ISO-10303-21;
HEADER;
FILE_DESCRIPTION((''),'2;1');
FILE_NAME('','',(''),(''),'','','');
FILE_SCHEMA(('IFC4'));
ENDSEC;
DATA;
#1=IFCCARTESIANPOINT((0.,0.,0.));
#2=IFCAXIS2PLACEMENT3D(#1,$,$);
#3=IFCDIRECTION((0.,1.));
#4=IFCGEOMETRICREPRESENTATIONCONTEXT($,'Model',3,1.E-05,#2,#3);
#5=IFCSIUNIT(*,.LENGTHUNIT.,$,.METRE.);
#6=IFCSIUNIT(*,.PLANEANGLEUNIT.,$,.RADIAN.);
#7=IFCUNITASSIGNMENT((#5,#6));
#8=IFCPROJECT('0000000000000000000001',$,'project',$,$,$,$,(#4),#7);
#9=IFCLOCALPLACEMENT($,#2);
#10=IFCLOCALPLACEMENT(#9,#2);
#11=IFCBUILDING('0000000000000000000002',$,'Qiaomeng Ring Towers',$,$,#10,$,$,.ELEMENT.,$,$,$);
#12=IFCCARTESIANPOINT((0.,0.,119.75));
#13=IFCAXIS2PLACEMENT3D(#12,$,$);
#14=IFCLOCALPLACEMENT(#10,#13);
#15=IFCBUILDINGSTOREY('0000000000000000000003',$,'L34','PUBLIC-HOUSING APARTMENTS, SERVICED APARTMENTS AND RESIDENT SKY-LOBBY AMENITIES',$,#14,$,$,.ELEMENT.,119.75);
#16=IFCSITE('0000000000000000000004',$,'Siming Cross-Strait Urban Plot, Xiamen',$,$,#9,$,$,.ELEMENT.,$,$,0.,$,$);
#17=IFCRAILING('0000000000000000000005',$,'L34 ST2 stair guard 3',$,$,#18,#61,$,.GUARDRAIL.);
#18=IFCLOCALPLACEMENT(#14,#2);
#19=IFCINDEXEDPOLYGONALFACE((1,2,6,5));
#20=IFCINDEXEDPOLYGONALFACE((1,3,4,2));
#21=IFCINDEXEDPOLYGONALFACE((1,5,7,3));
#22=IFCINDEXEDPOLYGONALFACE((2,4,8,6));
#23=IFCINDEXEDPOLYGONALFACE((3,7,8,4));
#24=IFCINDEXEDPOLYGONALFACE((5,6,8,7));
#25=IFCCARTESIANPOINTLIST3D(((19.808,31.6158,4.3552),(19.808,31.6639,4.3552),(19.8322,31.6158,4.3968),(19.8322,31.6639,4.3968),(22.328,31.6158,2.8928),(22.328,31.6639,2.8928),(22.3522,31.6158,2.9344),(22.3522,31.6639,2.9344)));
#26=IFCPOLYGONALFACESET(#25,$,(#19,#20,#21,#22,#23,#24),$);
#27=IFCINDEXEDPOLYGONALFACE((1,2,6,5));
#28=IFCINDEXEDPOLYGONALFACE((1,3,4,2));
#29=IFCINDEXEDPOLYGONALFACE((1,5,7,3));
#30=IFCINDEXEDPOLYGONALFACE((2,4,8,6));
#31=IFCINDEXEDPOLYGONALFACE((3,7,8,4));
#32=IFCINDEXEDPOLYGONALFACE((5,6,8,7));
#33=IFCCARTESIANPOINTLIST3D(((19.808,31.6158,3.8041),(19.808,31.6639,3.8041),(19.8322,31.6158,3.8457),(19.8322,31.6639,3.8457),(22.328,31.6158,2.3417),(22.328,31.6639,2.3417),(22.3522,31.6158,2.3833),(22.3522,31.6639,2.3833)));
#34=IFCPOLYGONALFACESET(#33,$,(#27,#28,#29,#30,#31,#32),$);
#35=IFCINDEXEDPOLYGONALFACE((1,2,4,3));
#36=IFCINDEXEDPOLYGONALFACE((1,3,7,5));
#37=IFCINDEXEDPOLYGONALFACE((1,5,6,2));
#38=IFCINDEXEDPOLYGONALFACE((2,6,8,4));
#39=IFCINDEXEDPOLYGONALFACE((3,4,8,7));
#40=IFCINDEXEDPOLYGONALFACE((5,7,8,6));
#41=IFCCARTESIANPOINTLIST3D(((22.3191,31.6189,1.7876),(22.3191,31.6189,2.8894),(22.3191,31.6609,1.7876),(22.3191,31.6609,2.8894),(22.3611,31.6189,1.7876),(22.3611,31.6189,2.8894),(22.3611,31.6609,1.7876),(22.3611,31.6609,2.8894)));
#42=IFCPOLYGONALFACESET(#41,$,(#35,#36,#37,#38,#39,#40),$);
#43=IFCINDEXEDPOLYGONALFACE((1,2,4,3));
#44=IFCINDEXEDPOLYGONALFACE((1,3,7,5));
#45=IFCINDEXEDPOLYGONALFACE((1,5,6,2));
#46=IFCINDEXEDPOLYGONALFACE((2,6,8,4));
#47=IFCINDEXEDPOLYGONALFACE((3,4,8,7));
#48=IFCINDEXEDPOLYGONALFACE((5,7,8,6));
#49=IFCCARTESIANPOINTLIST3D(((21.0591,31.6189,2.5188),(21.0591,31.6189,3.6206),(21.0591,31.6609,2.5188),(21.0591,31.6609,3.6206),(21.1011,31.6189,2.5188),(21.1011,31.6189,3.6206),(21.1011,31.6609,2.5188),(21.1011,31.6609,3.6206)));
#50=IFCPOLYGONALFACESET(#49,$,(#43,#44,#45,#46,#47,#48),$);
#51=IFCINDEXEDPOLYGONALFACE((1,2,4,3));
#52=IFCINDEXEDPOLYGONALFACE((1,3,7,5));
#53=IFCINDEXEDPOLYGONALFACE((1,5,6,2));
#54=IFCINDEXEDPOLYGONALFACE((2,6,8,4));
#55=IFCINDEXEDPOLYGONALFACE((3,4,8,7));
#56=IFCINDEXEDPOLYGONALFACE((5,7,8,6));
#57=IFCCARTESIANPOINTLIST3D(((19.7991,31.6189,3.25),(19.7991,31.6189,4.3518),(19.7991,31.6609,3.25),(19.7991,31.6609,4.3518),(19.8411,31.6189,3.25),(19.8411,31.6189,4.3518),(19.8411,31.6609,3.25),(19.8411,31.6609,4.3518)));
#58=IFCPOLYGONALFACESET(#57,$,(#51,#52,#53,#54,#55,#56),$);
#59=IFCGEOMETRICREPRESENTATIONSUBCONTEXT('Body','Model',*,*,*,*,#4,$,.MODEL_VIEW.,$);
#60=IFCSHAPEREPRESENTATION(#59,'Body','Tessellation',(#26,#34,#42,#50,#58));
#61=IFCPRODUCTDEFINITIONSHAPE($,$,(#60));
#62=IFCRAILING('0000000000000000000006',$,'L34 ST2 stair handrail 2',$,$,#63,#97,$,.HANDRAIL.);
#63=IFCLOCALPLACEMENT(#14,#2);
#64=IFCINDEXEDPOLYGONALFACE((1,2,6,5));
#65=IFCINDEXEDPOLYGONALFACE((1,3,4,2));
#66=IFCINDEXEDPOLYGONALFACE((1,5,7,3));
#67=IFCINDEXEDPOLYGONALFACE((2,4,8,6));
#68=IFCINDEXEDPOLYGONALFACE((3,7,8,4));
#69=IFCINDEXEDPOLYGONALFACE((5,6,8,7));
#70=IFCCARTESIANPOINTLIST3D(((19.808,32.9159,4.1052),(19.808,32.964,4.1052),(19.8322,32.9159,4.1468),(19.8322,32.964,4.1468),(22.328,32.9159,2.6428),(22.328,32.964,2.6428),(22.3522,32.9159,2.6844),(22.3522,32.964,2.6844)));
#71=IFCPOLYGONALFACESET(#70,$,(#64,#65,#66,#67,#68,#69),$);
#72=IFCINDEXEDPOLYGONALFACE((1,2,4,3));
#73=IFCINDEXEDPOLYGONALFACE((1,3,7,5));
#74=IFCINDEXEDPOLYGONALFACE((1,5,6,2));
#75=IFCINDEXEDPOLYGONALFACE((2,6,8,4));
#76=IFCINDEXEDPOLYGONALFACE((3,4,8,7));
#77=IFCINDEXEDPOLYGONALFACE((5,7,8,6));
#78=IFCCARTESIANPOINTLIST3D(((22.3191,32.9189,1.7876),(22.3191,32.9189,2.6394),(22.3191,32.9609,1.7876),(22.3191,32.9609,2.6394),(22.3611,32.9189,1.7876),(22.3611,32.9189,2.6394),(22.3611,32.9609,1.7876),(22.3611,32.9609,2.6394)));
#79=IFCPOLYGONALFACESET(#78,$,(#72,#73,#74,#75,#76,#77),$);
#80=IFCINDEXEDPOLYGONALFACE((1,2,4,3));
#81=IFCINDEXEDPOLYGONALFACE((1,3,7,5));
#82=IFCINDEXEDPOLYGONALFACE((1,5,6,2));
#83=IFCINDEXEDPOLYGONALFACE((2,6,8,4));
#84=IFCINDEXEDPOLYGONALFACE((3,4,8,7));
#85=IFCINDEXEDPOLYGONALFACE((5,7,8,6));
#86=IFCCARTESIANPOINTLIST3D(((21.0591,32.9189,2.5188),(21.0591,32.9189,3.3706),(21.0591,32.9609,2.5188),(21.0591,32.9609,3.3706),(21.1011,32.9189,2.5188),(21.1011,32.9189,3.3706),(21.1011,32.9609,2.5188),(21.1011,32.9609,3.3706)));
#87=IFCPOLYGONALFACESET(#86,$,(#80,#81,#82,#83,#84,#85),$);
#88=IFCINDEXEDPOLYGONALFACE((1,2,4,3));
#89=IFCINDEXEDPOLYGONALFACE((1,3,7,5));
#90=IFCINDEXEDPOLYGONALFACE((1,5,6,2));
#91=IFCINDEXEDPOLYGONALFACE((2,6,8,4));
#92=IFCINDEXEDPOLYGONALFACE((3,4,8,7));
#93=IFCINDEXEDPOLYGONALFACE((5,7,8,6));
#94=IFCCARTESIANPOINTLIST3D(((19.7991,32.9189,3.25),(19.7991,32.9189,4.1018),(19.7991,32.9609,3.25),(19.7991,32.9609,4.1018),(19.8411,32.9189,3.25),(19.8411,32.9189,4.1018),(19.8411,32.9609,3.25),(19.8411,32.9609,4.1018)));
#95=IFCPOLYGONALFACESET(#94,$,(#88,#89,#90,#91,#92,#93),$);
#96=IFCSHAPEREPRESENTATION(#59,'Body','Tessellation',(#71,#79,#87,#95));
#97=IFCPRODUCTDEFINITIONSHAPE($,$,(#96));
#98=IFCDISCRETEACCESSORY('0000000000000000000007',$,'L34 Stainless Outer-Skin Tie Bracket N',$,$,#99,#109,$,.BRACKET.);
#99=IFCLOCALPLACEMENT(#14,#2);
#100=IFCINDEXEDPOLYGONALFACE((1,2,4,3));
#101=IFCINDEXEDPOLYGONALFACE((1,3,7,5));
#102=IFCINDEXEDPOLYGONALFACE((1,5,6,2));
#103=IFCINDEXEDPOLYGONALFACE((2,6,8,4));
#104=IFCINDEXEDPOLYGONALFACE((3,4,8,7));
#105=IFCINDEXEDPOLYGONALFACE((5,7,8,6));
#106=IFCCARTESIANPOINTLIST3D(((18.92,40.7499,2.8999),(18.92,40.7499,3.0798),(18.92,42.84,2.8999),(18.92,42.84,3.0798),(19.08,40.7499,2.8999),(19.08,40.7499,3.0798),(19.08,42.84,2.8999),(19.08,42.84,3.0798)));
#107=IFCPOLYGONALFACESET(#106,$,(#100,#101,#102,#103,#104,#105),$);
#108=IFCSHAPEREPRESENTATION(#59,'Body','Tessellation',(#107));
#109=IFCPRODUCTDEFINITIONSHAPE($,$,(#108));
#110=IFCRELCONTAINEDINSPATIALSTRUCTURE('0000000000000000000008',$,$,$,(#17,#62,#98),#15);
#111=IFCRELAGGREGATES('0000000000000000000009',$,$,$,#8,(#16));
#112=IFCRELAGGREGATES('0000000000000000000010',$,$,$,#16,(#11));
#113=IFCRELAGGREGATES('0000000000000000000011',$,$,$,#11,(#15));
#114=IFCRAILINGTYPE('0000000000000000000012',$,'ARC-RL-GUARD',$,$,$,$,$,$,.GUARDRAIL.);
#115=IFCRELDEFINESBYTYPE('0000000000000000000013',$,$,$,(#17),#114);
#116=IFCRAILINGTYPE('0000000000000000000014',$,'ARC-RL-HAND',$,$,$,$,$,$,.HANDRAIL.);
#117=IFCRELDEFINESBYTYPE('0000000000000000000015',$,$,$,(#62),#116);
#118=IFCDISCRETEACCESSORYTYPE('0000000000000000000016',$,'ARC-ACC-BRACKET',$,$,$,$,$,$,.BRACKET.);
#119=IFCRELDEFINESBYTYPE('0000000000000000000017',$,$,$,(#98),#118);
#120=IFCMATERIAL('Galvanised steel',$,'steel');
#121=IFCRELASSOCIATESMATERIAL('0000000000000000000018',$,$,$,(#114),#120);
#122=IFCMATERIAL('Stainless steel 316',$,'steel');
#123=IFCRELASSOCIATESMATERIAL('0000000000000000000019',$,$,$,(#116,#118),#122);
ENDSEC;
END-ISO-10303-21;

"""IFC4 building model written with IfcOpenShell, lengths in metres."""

from ifc_helpers import new_model, si_unit, direction, frame, origin, origin_2d, place, context, subcontext, project, spatial, rectangle, extrude, source, transform, mapped, material, type_object, element, save


model = new_model("IFC4")

# Units and contexts
model_context = context("Model", 3, precision=1e-05, world=origin(), true_north=direction((0.0, 1.0)))
body_context = subcontext(model_context, "Body", "Model", "MODEL_VIEW")
ifc_project = project(units=[si_unit("LENGTHUNIT", "METRE"), si_unit("PLANEANGLEUNIT", "RADIAN")], contexts=[model_context])

# Site, building, storey
site_placement = place(None, origin())
site = spatial("IfcSite", under=ifc_project, at=site_placement, Name="Siming Cross-Strait Urban Plot, Xiamen", CompositionType="ELEMENT", RefElevation=0.0)
building_placement = place(site_placement, origin())
building = spatial("IfcBuilding", under=site, at=building_placement, Name="Qiaomeng Ring Towers", CompositionType="ELEMENT")
storey_placement = place(building_placement, frame((0.0, 0.0, 119.75)))
storey = spatial("IfcBuildingStorey", under=building, at=storey_placement, Name="L34", Description="PUBLIC-HOUSING APARTMENTS, SERVICED APARTMENTS AND RESIDENT SKY-LOBBY AMENITIES", CompositionType="ELEMENT", Elevation=119.75)

# Railings
ifc_material_1 = material(Name="Galvanised steel", Category="steel")
railing_type_1 = type_object("IfcRailingType", Name="ARC-RL-GUARD", PredefinedType="GUARDRAIL", material=ifc_material_1)
railing_1_placement = place(storey_placement, frame((22.3401, 31.6399, 1.7876)))
element("IfcRailing", 1, at=railing_1_placement, inside=storey, type_object=railing_type_1, Name="L34 ST2 stair guard 3", PredefinedType="GUARDRAIL", context=body_context, shape_type="SweptSolid", body=[
    extrude(rectangle(XDim=0.0481, YDim=0.0481, at=origin_2d()), frame((0.0, 0.0, 1.126), z_axis=(-0.864913, 0.0, 0.501921), x_axis=(0.0, -1.0, 0.0)), (0.0, 0.0, 1.0), 2.9136),
    extrude(rectangle(XDim=0.0481, YDim=0.0481, at=origin_2d()), frame((0.0, 0.0, 0.575), z_axis=(-0.864913, 0.0, 0.501921), x_axis=(0.0, -1.0, 0.0)), (0.0, 0.0, 1.0), 2.9136),
    extrude(rectangle(XDim=0.042, YDim=0.042, at=origin_2d()), origin(), (0.0, 0.0, 1.0), 1.1018),
    extrude(rectangle(XDim=0.042, YDim=0.042, at=origin_2d()), frame((-1.26, 0.0, 0.7312)), (0.0, 0.0, 1.0), 1.1018),
    extrude(rectangle(XDim=0.042, YDim=0.042, at=origin_2d()), frame((-2.52, 0.0, 1.4624)), (0.0, 0.0, 1.0), 1.1018),
])
ifc_material_2 = material(Name="Stainless steel 316", Category="steel")
railing_type_2 = type_object("IfcRailingType", Name="ARC-RL-HAND", PredefinedType="HANDRAIL", material=ifc_material_2)
railing_2_placement = place(storey_placement, frame((22.3401, 32.9399, 1.7876)))
element("IfcRailing", 2, at=railing_2_placement, inside=storey, type_object=railing_type_2, Name="L34 ST2 stair handrail 2", PredefinedType="HANDRAIL", context=body_context, shape_type="SweptSolid", body=[
    extrude(rectangle(XDim=0.0481, YDim=0.0481, at=origin_2d()), frame((0.0, 0.0, 0.876), z_axis=(-0.864913, 0.0, 0.501921), x_axis=(0.0, -1.0, 0.0)), (0.0, 0.0, 1.0), 2.9136),
    extrude(rectangle(XDim=0.042, YDim=0.042, at=origin_2d()), origin(), (0.0, 0.0, 1.0), 0.8518),
    extrude(rectangle(XDim=0.042, YDim=0.042, at=origin_2d()), frame((-1.26, 0.0, 0.7312)), (0.0, 0.0, 1.0), 0.8518),
    extrude(rectangle(XDim=0.042, YDim=0.042, at=origin_2d()), frame((-2.52, 0.0, 1.4624)), (0.0, 0.0, 1.0), 0.8518),
])

# Discrete accessory
discrete_accessory_type = type_object("IfcDiscreteAccessoryType", Name="ARC-ACC-BRACKET", PredefinedType="BRACKET", material=ifc_material_2)
shared_shape_1 = source(origin(), body_context, "Body", "SweptSolid", [
    extrude(rectangle(XDim=0.1599, YDim=2.0901, at=origin_2d()), origin(), (0.0, 0.0, 1.0), 0.1799),
])
discrete_accessory_placement = place(storey_placement, frame((19.0, 41.7949, 2.8999), z_axis=(0.0, 0.0, 1.0), x_axis=(1.0, 0.0, 0.0)))
element("IfcDiscreteAccessory", 3, at=discrete_accessory_placement, inside=storey, type_object=discrete_accessory_type, Name="L34 Stainless Outer-Skin Tie Bracket N", PredefinedType="BRACKET", context=body_context, shape_type="MappedRepresentation", body=[
    mapped(shared_shape_1, transform((0.0, 0.0, 0.0), x_axis=(1.0, 0.0, 0.0), y_axis=(0.0, 1.0, 0.0), z_axis=(0.0, 0.0, 1.0), scale=1.0)),
])

save(model, "model.ifc")
